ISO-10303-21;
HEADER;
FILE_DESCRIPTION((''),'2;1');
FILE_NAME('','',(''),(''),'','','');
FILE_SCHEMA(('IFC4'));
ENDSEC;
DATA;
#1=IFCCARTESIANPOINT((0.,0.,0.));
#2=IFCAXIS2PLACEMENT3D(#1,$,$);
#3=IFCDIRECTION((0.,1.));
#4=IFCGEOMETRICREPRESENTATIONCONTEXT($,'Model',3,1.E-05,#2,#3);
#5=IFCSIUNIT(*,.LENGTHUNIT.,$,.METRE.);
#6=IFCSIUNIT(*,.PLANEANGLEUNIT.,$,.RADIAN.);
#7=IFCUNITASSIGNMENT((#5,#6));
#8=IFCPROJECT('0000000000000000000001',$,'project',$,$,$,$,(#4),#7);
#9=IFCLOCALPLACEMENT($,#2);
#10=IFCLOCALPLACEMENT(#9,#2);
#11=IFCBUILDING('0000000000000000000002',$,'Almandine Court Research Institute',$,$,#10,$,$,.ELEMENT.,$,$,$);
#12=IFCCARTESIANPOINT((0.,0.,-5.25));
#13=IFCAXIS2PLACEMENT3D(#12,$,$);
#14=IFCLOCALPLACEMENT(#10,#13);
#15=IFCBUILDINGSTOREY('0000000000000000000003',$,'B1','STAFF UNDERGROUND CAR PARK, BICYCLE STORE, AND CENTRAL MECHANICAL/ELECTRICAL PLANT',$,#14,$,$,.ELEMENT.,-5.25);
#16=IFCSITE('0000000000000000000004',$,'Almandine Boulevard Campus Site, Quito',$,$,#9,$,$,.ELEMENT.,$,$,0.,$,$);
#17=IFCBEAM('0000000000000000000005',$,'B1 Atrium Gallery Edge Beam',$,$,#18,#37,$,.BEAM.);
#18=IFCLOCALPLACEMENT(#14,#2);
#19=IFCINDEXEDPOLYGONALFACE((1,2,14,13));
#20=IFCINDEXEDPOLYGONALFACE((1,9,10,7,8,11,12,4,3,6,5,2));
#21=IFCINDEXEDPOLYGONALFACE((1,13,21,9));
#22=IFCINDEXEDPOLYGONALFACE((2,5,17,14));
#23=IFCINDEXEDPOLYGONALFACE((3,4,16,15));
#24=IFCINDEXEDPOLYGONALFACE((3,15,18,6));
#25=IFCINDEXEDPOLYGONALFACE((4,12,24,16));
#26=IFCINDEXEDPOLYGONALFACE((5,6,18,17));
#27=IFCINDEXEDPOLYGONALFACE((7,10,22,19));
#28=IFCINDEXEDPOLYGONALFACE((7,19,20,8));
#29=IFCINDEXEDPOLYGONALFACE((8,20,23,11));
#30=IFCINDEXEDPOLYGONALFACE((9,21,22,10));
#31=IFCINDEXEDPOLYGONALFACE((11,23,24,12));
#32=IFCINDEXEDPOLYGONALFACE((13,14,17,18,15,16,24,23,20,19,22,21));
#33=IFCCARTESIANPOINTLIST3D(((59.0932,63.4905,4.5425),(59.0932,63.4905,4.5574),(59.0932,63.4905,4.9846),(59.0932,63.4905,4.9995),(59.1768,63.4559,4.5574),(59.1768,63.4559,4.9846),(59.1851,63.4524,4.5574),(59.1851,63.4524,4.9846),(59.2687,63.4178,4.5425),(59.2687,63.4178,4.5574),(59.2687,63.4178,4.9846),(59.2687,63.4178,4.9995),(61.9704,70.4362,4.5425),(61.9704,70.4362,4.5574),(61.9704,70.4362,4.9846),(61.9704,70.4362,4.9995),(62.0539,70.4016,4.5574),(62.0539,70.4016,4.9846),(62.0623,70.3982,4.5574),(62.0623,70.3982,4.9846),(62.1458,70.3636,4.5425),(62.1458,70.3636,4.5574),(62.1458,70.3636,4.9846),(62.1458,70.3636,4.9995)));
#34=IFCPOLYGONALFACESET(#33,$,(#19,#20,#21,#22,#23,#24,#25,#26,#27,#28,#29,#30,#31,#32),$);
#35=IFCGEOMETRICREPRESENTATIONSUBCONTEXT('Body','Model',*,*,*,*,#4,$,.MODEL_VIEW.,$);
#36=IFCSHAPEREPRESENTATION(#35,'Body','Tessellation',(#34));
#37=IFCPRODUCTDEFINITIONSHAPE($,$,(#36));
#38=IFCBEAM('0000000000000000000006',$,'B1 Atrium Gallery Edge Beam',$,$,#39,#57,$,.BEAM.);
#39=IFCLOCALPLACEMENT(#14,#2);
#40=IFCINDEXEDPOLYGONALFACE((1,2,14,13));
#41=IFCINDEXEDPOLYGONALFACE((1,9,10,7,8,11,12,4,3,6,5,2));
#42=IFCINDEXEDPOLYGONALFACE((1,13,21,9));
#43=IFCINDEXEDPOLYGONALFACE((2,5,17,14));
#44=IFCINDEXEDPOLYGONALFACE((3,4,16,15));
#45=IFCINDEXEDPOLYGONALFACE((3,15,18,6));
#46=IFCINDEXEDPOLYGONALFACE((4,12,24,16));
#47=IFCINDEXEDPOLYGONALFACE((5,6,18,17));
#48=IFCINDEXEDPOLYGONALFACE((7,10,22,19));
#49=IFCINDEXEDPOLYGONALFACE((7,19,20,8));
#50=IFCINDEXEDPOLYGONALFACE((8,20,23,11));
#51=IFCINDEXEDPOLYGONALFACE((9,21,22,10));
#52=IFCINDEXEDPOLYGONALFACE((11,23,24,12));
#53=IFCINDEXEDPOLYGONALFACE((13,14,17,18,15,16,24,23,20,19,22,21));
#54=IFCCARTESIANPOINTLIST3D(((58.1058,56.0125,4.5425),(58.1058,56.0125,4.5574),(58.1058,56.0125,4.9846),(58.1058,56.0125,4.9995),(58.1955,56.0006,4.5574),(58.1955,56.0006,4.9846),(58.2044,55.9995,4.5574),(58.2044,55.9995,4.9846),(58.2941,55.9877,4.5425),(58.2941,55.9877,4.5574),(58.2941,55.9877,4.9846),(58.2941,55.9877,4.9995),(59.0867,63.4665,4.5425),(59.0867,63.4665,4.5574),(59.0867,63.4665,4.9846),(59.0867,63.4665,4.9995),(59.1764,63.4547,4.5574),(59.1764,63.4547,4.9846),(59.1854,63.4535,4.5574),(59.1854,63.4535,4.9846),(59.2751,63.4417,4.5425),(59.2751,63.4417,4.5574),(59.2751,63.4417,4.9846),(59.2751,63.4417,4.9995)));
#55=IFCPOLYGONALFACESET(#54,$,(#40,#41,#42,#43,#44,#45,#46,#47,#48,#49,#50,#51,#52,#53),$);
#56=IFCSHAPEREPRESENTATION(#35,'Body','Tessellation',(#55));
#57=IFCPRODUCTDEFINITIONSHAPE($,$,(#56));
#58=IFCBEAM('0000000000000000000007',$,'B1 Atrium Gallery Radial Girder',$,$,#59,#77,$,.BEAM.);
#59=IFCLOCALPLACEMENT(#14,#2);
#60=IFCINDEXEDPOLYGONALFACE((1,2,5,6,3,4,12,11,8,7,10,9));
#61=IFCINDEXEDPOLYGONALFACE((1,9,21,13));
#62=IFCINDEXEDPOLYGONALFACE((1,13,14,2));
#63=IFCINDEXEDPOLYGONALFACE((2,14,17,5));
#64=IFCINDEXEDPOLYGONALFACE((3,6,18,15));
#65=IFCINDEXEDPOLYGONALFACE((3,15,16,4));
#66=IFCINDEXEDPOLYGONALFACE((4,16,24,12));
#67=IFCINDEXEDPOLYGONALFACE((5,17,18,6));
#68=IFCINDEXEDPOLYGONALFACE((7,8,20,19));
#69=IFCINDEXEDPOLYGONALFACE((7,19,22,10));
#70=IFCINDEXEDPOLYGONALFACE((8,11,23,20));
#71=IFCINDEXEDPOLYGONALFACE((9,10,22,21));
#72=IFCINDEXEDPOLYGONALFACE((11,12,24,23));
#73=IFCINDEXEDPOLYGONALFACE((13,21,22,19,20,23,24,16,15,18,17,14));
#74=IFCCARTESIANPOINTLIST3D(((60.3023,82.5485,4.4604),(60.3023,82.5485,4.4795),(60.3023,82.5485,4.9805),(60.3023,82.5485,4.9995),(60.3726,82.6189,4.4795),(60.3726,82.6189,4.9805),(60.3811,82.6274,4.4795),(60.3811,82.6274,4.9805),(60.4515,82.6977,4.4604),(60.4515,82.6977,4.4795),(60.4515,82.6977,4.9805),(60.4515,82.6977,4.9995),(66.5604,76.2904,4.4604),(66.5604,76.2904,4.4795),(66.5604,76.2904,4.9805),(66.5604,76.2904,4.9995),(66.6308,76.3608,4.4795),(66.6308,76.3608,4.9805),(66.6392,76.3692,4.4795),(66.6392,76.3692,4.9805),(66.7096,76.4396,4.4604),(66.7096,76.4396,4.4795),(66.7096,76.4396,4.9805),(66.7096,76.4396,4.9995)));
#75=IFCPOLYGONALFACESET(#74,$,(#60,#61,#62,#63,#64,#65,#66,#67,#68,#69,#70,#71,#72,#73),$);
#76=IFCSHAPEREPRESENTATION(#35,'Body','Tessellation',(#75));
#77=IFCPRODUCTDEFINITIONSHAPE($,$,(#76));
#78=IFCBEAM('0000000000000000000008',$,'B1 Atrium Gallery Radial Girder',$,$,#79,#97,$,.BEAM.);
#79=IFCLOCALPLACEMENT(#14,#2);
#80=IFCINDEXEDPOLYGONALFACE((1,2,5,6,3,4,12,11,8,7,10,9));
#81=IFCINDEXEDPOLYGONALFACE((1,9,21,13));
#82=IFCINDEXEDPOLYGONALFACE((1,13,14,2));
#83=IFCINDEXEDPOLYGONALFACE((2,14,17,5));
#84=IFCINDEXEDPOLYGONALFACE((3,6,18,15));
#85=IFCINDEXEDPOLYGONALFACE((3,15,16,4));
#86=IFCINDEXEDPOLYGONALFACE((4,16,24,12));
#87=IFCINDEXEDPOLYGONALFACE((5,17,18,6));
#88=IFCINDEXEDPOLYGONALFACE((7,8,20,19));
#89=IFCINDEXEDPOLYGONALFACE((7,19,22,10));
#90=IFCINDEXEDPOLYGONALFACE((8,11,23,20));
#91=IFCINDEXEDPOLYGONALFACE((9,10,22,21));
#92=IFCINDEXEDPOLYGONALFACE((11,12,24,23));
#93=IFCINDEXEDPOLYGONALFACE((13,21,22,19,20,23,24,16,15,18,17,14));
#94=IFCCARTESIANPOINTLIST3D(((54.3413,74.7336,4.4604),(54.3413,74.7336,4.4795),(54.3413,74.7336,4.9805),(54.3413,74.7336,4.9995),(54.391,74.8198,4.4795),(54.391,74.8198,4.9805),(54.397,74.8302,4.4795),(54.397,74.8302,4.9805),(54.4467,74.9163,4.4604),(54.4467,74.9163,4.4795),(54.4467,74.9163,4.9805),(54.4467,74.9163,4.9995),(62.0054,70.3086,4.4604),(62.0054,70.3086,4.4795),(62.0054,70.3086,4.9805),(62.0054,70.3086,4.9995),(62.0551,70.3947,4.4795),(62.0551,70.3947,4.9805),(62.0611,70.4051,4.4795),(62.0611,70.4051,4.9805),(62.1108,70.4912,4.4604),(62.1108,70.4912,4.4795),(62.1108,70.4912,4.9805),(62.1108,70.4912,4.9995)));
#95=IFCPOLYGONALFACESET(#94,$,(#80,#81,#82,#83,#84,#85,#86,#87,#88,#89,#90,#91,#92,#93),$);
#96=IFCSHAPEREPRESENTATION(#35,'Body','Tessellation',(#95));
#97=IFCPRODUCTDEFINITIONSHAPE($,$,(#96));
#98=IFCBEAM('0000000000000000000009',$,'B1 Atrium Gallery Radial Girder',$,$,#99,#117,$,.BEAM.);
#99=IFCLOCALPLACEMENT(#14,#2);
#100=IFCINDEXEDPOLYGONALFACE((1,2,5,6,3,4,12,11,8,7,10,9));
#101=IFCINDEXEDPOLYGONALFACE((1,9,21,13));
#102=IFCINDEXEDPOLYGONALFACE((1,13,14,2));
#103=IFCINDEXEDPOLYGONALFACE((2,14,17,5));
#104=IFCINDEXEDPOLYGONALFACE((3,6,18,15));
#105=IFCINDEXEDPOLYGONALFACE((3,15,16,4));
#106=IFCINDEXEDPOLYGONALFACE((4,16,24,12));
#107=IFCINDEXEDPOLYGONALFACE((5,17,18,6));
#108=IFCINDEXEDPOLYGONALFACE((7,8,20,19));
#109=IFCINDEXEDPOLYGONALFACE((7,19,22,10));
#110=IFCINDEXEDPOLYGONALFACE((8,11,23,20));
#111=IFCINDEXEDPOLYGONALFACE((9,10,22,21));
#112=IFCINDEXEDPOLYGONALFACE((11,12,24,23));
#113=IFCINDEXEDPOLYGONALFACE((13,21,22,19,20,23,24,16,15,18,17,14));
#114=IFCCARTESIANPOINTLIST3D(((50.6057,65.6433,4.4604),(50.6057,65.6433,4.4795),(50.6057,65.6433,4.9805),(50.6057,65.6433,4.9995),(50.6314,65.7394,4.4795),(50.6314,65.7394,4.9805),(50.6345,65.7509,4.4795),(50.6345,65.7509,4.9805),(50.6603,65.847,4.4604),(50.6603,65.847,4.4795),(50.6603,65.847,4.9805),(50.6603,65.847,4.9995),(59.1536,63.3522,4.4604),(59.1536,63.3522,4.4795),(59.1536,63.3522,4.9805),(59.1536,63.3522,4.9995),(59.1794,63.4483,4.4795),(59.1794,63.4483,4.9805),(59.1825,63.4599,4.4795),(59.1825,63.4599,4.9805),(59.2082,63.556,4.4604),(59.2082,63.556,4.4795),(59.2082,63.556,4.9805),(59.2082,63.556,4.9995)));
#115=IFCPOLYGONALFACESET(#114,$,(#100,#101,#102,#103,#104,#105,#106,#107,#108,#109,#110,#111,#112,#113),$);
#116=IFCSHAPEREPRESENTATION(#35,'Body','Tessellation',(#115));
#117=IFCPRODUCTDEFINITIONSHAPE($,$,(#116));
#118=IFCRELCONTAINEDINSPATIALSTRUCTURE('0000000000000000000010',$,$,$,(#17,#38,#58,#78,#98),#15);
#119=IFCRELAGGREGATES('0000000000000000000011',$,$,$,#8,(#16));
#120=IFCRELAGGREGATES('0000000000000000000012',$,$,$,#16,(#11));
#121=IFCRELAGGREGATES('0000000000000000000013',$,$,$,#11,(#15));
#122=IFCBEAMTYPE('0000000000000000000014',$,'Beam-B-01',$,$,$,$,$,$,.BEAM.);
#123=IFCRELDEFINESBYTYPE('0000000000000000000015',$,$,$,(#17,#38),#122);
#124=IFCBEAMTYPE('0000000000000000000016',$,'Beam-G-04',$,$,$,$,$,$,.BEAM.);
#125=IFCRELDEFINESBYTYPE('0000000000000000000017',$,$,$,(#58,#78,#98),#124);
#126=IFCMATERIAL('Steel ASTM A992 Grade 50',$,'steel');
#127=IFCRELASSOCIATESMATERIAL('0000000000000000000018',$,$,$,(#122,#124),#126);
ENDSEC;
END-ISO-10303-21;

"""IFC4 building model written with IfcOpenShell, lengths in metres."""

from ifc_helpers import new_model, si_unit, direction, frame, origin, origin_2d, place, context, subcontext, project, spatial, i_section, extrude, material, material_profile, profile_set, type_object, element, save


model = new_model("IFC4")

# Units and contexts
model_context = context("Model", 3, precision=1e-05, world=origin(), true_north=direction((0.0, 1.0)))
body_context = subcontext(model_context, "Body", "Model", "MODEL_VIEW")
ifc_project = project(units=[si_unit("LENGTHUNIT", "METRE"), si_unit("PLANEANGLEUNIT", "RADIAN")], contexts=[model_context])

# Site, building, storey
site_placement = place(None, origin())
site = spatial("IfcSite", under=ifc_project, at=site_placement, Name="Almandine Boulevard Campus Site, Quito", CompositionType="ELEMENT", RefElevation=0.0)
building_placement = place(site_placement, origin())
building = spatial("IfcBuilding", under=site, at=building_placement, Name="Almandine Court Research Institute", CompositionType="ELEMENT")
storey_placement = place(building_placement, frame((0.0, 0.0, -5.25)))
storey = spatial("IfcBuildingStorey", under=building, at=storey_placement, Name="B1", Description="STAFF UNDERGROUND CAR PARK, BICYCLE STORE, AND CENTRAL MECHANICAL/ELECTRICAL PLANT", CompositionType="ELEMENT", Elevation=-5.25)

# Beams
ifc_material_1 = material(Name="Steel ASTM A992 Grade 50", Category="steel")
ifc_material_profile_1 = material_profile(ifc_material_1, i_section(OverallWidth=0.1899, OverallDepth=0.457, WebThickness=0.009, FlangeThickness=0.0149, at=origin_2d()), Name="W460x74")
ifc_profile_set_1 = profile_set([ifc_material_profile_1], Name="Steel ASTM A992 Grade 50")
beam_type_1 = type_object("IfcBeamType", Name="Beam-B-01", PredefinedType="BEAM", material=ifc_profile_set_1)
beam_1_placement = place(storey_placement, frame((62.0581, 70.3999, 4.771), z_axis=(-0.382701, -0.923872, 0.0), x_axis=(0.923872, -0.382701, 0.0)))
element("IfcBeam", 1, at=beam_1_placement, inside=storey, type_object=beam_type_1, Name="B1 Atrium Gallery Edge Beam", PredefinedType="BEAM", context=body_context, shape_type="SweptSolid", body=[
    extrude(i_section(OverallWidth=0.1899, OverallDepth=0.457, WebThickness=0.009, FlangeThickness=0.0149, at=origin_2d()), origin(), (0.0, 0.0, 1.0), 7.5181),
])
beam_2_placement = place(storey_placement, frame((59.1809, 63.4541, 4.771), z_axis=(-0.130475, -0.991452, 0.0), x_axis=(0.991452, -0.130475, 0.0)))
element("IfcBeam", 2, at=beam_2_placement, inside=storey, type_object=beam_type_1, Name="B1 Atrium Gallery Edge Beam", PredefinedType="BEAM", context=body_context, shape_type="SweptSolid", body=[
    extrude(i_section(OverallWidth=0.1899, OverallDepth=0.457, WebThickness=0.009, FlangeThickness=0.0149, at=origin_2d()), origin(), (0.0, 0.0, 1.0), 7.5183),
])
ifc_material_profile_2 = material_profile(ifc_material_1, i_section(OverallWidth=0.2109, OverallDepth=0.5391, WebThickness=0.012, FlangeThickness=0.019, at=origin_2d()), Name="W530x109")
ifc_profile_set_2 = profile_set([ifc_material_profile_2], Name="Steel ASTM A992 Grade 50")
beam_type_2 = type_object("IfcBeamType", Name="Beam-G-04", PredefinedType="BEAM", material=ifc_profile_set_2)
beam_3_placement = place(storey_placement, frame((66.635, 76.365, 4.73), z_axis=(-0.707107, 0.707107, 0.0), x_axis=(-0.707107, -0.707107, 0.0)))
element("IfcBeam", 3, at=beam_3_placement, inside=storey, type_object=beam_type_2, Name="B1 Atrium Gallery Radial Girder", PredefinedType="BEAM", context=body_context, shape_type="SweptSolid", body=[
    extrude(i_section(OverallWidth=0.2109, OverallDepth=0.5391, WebThickness=0.012, FlangeThickness=0.019, at=origin_2d()), origin(), (0.0, 0.0, 1.0), 8.8503),
])
beam_4_placement = place(storey_placement, frame((62.0581, 70.3999, 4.73), z_axis=(-0.866016, 0.500017, 0.0), x_axis=(-0.500017, -0.866016, 0.0)))
element("IfcBeam", 4, at=beam_4_placement, inside=storey, type_object=beam_type_2, Name="B1 Atrium Gallery Radial Girder", PredefinedType="BEAM", context=body_context, shape_type="SweptSolid", body=[
    extrude(i_section(OverallWidth=0.2109, OverallDepth=0.5391, WebThickness=0.012, FlangeThickness=0.019, at=origin_2d()), origin(), (0.0, 0.0, 1.0), 8.8499),
])
beam_5_placement = place(storey_placement, frame((59.1809, 63.4541, 4.73), z_axis=(-0.965908, 0.258885, 0.0), x_axis=(-0.258885, -0.965908, 0.0)))
element("IfcBeam", 5, at=beam_5_placement, inside=storey, type_object=beam_type_2, Name="B1 Atrium Gallery Radial Girder", PredefinedType="BEAM", context=body_context, shape_type="SweptSolid", body=[
    extrude(i_section(OverallWidth=0.2109, OverallDepth=0.5391, WebThickness=0.012, FlangeThickness=0.019, at=origin_2d()), origin(), (0.0, 0.0, 1.0), 8.8496),
])

save(model, "model.ifc")
